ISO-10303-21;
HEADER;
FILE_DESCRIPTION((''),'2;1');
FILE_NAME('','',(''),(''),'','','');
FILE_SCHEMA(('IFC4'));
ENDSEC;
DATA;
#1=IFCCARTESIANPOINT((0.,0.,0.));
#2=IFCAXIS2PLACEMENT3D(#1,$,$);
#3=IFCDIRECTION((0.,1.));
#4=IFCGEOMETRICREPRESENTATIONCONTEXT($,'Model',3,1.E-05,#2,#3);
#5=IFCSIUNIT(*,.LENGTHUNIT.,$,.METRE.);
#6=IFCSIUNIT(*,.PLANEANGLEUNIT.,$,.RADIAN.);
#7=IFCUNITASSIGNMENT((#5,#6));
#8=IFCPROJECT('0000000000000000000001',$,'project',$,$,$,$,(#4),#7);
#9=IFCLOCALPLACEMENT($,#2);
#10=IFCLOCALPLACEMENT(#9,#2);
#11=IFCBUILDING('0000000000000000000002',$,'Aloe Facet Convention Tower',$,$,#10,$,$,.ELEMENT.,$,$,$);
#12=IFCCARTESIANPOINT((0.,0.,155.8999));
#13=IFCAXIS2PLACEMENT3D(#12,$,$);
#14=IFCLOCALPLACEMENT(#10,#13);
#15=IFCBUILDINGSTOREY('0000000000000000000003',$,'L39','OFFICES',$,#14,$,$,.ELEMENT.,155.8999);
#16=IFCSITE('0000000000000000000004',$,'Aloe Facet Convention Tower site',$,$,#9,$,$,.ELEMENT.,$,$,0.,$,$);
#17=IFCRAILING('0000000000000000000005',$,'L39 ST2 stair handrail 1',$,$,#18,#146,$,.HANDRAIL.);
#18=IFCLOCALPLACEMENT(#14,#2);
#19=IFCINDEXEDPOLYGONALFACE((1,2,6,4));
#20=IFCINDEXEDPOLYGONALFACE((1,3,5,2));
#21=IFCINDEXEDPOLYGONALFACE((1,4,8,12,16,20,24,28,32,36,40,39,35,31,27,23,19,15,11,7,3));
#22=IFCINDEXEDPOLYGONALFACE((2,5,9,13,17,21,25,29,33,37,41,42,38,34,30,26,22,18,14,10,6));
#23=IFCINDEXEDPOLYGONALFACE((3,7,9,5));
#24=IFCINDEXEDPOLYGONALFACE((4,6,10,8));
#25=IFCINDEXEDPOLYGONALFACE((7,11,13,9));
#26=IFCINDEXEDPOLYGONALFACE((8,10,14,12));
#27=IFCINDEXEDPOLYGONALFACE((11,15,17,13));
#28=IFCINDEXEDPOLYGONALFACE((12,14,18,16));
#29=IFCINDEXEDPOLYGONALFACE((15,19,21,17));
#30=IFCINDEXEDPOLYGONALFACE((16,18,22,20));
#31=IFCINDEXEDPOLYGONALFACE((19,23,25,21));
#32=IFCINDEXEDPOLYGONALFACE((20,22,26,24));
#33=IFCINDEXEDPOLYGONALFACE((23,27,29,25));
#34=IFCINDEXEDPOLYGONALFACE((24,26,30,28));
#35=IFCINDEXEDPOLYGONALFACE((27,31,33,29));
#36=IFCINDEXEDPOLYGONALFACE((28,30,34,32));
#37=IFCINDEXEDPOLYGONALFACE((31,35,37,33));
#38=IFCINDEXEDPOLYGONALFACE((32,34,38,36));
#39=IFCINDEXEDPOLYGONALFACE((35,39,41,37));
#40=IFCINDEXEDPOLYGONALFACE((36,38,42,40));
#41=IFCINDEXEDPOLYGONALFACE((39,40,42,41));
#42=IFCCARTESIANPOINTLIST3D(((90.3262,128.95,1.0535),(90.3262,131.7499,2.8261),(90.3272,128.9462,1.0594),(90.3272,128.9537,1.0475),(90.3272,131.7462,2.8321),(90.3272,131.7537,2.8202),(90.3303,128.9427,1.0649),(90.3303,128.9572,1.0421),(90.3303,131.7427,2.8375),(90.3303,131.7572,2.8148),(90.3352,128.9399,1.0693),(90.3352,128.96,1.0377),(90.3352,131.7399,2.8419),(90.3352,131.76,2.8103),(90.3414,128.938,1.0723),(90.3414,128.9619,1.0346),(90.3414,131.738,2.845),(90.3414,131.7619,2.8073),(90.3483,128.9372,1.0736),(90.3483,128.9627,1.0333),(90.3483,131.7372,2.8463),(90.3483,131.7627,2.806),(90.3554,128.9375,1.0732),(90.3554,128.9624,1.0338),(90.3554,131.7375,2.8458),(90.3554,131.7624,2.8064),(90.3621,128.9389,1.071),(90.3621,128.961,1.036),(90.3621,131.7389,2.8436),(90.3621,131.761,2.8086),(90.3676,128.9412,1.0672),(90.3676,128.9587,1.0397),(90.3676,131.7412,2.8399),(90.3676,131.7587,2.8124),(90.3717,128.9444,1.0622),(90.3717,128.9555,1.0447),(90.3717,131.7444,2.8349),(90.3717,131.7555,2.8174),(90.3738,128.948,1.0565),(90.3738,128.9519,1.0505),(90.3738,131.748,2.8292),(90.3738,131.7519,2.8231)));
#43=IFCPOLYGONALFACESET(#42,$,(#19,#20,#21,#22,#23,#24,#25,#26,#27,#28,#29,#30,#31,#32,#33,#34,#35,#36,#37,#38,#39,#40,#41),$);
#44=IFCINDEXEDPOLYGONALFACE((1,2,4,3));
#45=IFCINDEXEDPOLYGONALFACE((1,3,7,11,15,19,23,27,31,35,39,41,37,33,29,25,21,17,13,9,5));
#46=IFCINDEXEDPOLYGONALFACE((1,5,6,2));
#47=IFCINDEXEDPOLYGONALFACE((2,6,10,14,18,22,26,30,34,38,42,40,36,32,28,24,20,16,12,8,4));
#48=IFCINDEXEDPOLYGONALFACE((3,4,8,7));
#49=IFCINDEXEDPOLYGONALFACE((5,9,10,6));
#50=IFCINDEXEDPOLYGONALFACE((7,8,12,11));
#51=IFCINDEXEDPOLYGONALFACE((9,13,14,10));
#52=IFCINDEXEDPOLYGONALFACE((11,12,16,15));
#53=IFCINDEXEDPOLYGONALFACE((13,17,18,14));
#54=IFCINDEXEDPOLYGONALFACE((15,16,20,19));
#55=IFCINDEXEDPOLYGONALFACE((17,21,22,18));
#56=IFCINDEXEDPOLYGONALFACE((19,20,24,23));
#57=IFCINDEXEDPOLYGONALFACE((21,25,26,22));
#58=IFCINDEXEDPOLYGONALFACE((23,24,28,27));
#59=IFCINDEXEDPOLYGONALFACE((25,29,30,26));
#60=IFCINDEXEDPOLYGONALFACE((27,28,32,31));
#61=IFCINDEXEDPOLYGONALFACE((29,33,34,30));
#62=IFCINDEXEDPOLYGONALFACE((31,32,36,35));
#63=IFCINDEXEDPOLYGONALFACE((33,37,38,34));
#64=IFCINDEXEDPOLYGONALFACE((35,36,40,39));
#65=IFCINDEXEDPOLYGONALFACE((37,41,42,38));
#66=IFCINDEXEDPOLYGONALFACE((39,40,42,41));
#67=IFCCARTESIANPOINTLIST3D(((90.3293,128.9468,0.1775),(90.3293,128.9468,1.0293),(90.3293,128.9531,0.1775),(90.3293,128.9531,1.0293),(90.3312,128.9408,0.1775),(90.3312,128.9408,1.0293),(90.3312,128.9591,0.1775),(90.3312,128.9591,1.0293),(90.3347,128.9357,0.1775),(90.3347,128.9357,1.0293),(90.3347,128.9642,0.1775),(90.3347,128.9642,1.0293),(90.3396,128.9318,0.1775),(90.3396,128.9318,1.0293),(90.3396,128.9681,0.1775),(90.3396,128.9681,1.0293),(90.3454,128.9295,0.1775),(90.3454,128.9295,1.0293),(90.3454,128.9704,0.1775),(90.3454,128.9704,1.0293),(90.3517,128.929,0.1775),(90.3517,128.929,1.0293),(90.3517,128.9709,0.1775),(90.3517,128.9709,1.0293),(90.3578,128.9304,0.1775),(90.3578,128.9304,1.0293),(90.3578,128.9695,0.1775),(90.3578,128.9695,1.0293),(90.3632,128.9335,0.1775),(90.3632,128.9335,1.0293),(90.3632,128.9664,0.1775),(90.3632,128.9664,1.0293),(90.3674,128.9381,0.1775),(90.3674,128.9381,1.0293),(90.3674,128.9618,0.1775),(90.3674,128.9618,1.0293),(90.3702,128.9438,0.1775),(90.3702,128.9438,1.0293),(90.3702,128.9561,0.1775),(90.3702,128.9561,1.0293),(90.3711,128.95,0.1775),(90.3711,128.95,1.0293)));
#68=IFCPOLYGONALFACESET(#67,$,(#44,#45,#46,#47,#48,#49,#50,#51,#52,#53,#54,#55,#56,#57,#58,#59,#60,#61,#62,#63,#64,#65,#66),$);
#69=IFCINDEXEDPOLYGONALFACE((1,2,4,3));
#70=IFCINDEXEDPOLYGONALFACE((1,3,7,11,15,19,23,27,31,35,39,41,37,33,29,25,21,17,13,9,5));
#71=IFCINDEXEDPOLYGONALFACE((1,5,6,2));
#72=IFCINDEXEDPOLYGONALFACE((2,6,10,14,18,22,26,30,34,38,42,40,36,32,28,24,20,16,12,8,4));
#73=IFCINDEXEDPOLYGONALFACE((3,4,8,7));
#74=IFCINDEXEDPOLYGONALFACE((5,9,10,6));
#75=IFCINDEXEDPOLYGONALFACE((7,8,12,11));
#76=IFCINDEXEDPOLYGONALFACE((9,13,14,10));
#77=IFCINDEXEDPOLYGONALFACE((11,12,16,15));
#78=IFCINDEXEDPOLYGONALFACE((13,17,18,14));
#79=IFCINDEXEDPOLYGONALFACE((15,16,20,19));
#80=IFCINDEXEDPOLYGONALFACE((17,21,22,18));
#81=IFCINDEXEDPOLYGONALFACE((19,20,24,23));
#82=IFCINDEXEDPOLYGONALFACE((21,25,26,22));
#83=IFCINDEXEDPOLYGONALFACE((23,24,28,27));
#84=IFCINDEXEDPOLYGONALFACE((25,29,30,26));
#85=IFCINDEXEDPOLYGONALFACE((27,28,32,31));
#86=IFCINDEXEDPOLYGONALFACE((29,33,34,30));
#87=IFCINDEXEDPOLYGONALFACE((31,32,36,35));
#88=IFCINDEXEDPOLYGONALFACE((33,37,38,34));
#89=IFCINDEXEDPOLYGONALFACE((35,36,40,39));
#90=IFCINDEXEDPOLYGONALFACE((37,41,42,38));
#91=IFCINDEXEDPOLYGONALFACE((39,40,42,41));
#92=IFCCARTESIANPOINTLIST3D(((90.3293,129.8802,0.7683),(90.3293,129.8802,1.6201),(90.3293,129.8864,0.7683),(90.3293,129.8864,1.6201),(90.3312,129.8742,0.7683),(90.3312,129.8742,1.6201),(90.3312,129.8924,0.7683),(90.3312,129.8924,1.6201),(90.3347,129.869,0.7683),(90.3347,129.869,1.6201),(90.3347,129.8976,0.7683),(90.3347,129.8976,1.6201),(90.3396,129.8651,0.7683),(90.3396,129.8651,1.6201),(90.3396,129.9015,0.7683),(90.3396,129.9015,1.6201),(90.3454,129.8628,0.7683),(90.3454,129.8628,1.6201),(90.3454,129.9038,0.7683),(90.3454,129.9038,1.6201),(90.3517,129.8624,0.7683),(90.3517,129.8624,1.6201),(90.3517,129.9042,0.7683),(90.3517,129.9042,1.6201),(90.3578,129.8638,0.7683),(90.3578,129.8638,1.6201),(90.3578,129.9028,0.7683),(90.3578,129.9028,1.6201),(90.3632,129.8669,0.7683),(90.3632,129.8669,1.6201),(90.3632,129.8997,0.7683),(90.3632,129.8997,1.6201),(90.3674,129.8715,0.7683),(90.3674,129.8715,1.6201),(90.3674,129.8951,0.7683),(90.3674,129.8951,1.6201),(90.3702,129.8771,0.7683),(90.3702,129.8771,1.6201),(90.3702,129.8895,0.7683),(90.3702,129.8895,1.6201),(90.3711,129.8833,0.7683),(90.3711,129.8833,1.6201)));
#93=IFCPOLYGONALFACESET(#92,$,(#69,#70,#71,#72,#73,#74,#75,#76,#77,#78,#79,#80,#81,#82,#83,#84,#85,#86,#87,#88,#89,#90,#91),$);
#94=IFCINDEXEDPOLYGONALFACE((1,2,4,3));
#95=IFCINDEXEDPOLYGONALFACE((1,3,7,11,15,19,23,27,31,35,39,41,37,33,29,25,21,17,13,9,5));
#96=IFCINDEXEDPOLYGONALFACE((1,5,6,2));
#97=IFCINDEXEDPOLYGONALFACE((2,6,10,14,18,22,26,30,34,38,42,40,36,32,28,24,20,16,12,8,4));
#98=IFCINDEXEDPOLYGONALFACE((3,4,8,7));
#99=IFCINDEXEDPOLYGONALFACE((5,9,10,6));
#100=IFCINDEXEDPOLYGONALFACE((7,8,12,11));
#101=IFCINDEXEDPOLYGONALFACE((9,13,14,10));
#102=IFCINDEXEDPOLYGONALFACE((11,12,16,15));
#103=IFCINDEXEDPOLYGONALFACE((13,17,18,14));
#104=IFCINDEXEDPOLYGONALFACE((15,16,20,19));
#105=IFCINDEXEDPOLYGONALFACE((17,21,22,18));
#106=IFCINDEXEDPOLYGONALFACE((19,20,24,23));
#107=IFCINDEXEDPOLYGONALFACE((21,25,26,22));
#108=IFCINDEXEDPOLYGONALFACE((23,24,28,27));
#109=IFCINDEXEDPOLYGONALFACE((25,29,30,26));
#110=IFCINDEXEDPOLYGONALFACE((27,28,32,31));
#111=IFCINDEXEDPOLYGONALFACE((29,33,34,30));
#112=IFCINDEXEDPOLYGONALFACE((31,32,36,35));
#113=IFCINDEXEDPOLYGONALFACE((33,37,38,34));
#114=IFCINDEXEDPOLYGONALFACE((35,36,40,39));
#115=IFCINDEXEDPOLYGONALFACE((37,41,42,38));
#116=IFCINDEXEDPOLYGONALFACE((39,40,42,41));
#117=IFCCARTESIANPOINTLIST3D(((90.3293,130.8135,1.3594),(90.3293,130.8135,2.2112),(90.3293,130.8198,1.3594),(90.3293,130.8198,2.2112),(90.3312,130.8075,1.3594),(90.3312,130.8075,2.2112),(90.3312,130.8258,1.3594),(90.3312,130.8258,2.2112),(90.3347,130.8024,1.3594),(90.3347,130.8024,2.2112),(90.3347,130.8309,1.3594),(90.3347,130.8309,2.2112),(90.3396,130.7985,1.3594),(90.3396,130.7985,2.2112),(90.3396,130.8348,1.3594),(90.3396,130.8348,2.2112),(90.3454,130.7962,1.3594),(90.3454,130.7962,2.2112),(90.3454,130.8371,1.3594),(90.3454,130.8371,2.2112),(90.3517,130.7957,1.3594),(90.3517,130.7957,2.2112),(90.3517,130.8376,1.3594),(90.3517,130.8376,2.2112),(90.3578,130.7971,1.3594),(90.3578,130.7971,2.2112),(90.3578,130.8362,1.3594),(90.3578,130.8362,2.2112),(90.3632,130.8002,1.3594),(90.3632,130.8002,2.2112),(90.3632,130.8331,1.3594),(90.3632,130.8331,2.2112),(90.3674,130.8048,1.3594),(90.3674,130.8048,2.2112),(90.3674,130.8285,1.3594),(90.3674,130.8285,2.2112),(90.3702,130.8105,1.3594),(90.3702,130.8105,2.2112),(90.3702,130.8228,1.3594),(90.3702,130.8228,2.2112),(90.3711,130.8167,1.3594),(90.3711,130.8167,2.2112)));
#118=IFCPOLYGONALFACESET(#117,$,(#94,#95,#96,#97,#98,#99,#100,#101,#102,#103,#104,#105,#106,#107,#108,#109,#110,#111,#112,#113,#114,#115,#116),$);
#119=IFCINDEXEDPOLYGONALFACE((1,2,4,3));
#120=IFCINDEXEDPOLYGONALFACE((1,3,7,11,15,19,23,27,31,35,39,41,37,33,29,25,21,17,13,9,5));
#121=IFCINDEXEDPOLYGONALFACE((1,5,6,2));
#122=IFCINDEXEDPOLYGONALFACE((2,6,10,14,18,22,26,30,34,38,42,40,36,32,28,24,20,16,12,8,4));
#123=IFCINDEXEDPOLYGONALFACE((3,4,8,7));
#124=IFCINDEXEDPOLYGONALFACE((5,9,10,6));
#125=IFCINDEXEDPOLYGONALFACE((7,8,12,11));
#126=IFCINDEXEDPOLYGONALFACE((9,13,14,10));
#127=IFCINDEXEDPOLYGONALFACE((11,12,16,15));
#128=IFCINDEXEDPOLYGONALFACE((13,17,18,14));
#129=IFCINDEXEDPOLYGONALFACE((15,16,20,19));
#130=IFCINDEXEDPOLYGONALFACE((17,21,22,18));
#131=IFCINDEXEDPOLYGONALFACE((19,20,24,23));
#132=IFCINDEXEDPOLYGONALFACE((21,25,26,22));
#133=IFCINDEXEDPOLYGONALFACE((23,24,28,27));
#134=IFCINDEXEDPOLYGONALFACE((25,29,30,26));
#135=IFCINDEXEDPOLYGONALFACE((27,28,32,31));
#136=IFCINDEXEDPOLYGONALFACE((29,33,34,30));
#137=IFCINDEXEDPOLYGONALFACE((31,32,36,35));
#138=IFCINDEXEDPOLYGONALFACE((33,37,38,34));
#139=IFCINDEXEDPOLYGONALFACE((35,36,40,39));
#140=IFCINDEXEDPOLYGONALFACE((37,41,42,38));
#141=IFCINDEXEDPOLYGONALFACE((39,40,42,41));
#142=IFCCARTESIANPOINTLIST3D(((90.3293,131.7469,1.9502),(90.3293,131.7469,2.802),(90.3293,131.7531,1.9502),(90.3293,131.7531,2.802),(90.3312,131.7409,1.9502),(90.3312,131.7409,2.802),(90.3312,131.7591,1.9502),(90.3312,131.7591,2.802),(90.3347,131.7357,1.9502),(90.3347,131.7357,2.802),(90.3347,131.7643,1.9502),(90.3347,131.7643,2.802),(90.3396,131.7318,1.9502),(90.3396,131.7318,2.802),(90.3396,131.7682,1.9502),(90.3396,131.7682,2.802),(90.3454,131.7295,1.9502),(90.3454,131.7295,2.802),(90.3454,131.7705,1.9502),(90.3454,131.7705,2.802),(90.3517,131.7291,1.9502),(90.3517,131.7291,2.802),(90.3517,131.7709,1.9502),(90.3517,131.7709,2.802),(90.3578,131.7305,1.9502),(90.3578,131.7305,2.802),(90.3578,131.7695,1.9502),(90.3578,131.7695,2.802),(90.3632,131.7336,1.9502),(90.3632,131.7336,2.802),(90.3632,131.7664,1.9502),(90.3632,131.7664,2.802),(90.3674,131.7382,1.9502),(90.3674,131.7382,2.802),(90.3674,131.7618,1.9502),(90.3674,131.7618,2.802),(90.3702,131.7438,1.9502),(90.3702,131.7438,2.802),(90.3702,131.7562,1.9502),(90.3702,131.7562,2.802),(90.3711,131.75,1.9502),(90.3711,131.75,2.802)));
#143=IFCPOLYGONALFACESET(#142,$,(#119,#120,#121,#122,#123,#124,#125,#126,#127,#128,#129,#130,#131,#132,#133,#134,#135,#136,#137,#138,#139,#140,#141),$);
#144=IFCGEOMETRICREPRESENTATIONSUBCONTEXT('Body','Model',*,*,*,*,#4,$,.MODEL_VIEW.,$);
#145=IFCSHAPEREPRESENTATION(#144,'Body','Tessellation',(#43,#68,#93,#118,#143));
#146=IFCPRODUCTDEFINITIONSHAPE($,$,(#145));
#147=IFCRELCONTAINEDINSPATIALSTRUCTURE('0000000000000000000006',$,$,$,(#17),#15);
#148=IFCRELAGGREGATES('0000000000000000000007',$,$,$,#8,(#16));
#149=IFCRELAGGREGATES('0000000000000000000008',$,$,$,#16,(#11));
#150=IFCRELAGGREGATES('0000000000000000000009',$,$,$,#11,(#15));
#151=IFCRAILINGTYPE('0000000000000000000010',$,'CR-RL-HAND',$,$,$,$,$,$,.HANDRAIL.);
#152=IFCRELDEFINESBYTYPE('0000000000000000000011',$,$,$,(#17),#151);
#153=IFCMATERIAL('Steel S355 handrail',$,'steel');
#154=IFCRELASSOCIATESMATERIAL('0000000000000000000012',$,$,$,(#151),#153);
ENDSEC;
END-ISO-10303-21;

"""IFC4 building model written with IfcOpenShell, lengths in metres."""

from ifc_helpers import new_model, si_unit, direction, frame, origin, origin_2d, place, context, subcontext, project, spatial, circle, extrude, material, type_object, element, save


model = new_model("IFC4")

# Units and contexts
model_context = context("Model", 3, precision=1e-05, world=origin(), true_north=direction((0.0, 1.0)))
body_context = subcontext(model_context, "Body", "Model", "MODEL_VIEW")
ifc_project = project(units=[si_unit("LENGTHUNIT", "METRE"), si_unit("PLANEANGLEUNIT", "RADIAN")], contexts=[model_context])

# Site, building, storey
site_placement = place(None, origin())
site = spatial("IfcSite", under=ifc_project, at=site_placement, Name="Aloe Facet Convention Tower site", CompositionType="ELEMENT", RefElevation=0.0)
building_placement = place(site_placement, origin())
building = spatial("IfcBuilding", under=site, at=building_placement, Name="Aloe Facet Convention Tower", CompositionType="ELEMENT")
storey_placement = place(building_placement, frame((0.0, 0.0, 155.8999)))
storey = spatial("IfcBuildingStorey", under=building, at=storey_placement, Name="L39", Description="OFFICES", CompositionType="ELEMENT", Elevation=155.8999)

# Railing
ifc_material_1 = material(Name="Steel S355 handrail", Category="steel")
railing_type_1 = type_object("IfcRailingType", Name="CR-RL-HAND", PredefinedType="HANDRAIL", material=ifc_material_1)
railing_1_placement = place(storey_placement, frame((90.3501, 128.95, 0.1775)))
element("IfcRailing", 1, at=railing_1_placement, inside=storey, type_object=railing_type_1, Name="L39 ST2 stair handrail 1", PredefinedType="HANDRAIL", context=body_context, shape_type="SweptSolid", body=[
    extrude(circle(Radius=0.0239, at=origin_2d()), frame((0.0, 0.0, 0.876), z_axis=(0.0, 0.844909, 0.53491), x_axis=(-1.0, 0.0, 0.0)), (0.0, 0.0, 1.0), 3.314),
    extrude(circle(Radius=0.021, at=origin_2d()), origin(), (0.0, 0.0, 1.0), 0.8518),
    extrude(circle(Radius=0.021, at=origin_2d()), frame((0.0, 0.9333, 0.5908)), (0.0, 0.0, 1.0), 0.8518),
    extrude(circle(Radius=0.021, at=origin_2d()), frame((0.0, 1.8667, 1.1819)), (0.0, 0.0, 1.0), 0.8518),
    extrude(circle(Radius=0.021, at=origin_2d()), frame((0.0, 2.8, 1.7727)), (0.0, 0.0, 1.0), 0.8518),
])

save(model, "model.ifc")
